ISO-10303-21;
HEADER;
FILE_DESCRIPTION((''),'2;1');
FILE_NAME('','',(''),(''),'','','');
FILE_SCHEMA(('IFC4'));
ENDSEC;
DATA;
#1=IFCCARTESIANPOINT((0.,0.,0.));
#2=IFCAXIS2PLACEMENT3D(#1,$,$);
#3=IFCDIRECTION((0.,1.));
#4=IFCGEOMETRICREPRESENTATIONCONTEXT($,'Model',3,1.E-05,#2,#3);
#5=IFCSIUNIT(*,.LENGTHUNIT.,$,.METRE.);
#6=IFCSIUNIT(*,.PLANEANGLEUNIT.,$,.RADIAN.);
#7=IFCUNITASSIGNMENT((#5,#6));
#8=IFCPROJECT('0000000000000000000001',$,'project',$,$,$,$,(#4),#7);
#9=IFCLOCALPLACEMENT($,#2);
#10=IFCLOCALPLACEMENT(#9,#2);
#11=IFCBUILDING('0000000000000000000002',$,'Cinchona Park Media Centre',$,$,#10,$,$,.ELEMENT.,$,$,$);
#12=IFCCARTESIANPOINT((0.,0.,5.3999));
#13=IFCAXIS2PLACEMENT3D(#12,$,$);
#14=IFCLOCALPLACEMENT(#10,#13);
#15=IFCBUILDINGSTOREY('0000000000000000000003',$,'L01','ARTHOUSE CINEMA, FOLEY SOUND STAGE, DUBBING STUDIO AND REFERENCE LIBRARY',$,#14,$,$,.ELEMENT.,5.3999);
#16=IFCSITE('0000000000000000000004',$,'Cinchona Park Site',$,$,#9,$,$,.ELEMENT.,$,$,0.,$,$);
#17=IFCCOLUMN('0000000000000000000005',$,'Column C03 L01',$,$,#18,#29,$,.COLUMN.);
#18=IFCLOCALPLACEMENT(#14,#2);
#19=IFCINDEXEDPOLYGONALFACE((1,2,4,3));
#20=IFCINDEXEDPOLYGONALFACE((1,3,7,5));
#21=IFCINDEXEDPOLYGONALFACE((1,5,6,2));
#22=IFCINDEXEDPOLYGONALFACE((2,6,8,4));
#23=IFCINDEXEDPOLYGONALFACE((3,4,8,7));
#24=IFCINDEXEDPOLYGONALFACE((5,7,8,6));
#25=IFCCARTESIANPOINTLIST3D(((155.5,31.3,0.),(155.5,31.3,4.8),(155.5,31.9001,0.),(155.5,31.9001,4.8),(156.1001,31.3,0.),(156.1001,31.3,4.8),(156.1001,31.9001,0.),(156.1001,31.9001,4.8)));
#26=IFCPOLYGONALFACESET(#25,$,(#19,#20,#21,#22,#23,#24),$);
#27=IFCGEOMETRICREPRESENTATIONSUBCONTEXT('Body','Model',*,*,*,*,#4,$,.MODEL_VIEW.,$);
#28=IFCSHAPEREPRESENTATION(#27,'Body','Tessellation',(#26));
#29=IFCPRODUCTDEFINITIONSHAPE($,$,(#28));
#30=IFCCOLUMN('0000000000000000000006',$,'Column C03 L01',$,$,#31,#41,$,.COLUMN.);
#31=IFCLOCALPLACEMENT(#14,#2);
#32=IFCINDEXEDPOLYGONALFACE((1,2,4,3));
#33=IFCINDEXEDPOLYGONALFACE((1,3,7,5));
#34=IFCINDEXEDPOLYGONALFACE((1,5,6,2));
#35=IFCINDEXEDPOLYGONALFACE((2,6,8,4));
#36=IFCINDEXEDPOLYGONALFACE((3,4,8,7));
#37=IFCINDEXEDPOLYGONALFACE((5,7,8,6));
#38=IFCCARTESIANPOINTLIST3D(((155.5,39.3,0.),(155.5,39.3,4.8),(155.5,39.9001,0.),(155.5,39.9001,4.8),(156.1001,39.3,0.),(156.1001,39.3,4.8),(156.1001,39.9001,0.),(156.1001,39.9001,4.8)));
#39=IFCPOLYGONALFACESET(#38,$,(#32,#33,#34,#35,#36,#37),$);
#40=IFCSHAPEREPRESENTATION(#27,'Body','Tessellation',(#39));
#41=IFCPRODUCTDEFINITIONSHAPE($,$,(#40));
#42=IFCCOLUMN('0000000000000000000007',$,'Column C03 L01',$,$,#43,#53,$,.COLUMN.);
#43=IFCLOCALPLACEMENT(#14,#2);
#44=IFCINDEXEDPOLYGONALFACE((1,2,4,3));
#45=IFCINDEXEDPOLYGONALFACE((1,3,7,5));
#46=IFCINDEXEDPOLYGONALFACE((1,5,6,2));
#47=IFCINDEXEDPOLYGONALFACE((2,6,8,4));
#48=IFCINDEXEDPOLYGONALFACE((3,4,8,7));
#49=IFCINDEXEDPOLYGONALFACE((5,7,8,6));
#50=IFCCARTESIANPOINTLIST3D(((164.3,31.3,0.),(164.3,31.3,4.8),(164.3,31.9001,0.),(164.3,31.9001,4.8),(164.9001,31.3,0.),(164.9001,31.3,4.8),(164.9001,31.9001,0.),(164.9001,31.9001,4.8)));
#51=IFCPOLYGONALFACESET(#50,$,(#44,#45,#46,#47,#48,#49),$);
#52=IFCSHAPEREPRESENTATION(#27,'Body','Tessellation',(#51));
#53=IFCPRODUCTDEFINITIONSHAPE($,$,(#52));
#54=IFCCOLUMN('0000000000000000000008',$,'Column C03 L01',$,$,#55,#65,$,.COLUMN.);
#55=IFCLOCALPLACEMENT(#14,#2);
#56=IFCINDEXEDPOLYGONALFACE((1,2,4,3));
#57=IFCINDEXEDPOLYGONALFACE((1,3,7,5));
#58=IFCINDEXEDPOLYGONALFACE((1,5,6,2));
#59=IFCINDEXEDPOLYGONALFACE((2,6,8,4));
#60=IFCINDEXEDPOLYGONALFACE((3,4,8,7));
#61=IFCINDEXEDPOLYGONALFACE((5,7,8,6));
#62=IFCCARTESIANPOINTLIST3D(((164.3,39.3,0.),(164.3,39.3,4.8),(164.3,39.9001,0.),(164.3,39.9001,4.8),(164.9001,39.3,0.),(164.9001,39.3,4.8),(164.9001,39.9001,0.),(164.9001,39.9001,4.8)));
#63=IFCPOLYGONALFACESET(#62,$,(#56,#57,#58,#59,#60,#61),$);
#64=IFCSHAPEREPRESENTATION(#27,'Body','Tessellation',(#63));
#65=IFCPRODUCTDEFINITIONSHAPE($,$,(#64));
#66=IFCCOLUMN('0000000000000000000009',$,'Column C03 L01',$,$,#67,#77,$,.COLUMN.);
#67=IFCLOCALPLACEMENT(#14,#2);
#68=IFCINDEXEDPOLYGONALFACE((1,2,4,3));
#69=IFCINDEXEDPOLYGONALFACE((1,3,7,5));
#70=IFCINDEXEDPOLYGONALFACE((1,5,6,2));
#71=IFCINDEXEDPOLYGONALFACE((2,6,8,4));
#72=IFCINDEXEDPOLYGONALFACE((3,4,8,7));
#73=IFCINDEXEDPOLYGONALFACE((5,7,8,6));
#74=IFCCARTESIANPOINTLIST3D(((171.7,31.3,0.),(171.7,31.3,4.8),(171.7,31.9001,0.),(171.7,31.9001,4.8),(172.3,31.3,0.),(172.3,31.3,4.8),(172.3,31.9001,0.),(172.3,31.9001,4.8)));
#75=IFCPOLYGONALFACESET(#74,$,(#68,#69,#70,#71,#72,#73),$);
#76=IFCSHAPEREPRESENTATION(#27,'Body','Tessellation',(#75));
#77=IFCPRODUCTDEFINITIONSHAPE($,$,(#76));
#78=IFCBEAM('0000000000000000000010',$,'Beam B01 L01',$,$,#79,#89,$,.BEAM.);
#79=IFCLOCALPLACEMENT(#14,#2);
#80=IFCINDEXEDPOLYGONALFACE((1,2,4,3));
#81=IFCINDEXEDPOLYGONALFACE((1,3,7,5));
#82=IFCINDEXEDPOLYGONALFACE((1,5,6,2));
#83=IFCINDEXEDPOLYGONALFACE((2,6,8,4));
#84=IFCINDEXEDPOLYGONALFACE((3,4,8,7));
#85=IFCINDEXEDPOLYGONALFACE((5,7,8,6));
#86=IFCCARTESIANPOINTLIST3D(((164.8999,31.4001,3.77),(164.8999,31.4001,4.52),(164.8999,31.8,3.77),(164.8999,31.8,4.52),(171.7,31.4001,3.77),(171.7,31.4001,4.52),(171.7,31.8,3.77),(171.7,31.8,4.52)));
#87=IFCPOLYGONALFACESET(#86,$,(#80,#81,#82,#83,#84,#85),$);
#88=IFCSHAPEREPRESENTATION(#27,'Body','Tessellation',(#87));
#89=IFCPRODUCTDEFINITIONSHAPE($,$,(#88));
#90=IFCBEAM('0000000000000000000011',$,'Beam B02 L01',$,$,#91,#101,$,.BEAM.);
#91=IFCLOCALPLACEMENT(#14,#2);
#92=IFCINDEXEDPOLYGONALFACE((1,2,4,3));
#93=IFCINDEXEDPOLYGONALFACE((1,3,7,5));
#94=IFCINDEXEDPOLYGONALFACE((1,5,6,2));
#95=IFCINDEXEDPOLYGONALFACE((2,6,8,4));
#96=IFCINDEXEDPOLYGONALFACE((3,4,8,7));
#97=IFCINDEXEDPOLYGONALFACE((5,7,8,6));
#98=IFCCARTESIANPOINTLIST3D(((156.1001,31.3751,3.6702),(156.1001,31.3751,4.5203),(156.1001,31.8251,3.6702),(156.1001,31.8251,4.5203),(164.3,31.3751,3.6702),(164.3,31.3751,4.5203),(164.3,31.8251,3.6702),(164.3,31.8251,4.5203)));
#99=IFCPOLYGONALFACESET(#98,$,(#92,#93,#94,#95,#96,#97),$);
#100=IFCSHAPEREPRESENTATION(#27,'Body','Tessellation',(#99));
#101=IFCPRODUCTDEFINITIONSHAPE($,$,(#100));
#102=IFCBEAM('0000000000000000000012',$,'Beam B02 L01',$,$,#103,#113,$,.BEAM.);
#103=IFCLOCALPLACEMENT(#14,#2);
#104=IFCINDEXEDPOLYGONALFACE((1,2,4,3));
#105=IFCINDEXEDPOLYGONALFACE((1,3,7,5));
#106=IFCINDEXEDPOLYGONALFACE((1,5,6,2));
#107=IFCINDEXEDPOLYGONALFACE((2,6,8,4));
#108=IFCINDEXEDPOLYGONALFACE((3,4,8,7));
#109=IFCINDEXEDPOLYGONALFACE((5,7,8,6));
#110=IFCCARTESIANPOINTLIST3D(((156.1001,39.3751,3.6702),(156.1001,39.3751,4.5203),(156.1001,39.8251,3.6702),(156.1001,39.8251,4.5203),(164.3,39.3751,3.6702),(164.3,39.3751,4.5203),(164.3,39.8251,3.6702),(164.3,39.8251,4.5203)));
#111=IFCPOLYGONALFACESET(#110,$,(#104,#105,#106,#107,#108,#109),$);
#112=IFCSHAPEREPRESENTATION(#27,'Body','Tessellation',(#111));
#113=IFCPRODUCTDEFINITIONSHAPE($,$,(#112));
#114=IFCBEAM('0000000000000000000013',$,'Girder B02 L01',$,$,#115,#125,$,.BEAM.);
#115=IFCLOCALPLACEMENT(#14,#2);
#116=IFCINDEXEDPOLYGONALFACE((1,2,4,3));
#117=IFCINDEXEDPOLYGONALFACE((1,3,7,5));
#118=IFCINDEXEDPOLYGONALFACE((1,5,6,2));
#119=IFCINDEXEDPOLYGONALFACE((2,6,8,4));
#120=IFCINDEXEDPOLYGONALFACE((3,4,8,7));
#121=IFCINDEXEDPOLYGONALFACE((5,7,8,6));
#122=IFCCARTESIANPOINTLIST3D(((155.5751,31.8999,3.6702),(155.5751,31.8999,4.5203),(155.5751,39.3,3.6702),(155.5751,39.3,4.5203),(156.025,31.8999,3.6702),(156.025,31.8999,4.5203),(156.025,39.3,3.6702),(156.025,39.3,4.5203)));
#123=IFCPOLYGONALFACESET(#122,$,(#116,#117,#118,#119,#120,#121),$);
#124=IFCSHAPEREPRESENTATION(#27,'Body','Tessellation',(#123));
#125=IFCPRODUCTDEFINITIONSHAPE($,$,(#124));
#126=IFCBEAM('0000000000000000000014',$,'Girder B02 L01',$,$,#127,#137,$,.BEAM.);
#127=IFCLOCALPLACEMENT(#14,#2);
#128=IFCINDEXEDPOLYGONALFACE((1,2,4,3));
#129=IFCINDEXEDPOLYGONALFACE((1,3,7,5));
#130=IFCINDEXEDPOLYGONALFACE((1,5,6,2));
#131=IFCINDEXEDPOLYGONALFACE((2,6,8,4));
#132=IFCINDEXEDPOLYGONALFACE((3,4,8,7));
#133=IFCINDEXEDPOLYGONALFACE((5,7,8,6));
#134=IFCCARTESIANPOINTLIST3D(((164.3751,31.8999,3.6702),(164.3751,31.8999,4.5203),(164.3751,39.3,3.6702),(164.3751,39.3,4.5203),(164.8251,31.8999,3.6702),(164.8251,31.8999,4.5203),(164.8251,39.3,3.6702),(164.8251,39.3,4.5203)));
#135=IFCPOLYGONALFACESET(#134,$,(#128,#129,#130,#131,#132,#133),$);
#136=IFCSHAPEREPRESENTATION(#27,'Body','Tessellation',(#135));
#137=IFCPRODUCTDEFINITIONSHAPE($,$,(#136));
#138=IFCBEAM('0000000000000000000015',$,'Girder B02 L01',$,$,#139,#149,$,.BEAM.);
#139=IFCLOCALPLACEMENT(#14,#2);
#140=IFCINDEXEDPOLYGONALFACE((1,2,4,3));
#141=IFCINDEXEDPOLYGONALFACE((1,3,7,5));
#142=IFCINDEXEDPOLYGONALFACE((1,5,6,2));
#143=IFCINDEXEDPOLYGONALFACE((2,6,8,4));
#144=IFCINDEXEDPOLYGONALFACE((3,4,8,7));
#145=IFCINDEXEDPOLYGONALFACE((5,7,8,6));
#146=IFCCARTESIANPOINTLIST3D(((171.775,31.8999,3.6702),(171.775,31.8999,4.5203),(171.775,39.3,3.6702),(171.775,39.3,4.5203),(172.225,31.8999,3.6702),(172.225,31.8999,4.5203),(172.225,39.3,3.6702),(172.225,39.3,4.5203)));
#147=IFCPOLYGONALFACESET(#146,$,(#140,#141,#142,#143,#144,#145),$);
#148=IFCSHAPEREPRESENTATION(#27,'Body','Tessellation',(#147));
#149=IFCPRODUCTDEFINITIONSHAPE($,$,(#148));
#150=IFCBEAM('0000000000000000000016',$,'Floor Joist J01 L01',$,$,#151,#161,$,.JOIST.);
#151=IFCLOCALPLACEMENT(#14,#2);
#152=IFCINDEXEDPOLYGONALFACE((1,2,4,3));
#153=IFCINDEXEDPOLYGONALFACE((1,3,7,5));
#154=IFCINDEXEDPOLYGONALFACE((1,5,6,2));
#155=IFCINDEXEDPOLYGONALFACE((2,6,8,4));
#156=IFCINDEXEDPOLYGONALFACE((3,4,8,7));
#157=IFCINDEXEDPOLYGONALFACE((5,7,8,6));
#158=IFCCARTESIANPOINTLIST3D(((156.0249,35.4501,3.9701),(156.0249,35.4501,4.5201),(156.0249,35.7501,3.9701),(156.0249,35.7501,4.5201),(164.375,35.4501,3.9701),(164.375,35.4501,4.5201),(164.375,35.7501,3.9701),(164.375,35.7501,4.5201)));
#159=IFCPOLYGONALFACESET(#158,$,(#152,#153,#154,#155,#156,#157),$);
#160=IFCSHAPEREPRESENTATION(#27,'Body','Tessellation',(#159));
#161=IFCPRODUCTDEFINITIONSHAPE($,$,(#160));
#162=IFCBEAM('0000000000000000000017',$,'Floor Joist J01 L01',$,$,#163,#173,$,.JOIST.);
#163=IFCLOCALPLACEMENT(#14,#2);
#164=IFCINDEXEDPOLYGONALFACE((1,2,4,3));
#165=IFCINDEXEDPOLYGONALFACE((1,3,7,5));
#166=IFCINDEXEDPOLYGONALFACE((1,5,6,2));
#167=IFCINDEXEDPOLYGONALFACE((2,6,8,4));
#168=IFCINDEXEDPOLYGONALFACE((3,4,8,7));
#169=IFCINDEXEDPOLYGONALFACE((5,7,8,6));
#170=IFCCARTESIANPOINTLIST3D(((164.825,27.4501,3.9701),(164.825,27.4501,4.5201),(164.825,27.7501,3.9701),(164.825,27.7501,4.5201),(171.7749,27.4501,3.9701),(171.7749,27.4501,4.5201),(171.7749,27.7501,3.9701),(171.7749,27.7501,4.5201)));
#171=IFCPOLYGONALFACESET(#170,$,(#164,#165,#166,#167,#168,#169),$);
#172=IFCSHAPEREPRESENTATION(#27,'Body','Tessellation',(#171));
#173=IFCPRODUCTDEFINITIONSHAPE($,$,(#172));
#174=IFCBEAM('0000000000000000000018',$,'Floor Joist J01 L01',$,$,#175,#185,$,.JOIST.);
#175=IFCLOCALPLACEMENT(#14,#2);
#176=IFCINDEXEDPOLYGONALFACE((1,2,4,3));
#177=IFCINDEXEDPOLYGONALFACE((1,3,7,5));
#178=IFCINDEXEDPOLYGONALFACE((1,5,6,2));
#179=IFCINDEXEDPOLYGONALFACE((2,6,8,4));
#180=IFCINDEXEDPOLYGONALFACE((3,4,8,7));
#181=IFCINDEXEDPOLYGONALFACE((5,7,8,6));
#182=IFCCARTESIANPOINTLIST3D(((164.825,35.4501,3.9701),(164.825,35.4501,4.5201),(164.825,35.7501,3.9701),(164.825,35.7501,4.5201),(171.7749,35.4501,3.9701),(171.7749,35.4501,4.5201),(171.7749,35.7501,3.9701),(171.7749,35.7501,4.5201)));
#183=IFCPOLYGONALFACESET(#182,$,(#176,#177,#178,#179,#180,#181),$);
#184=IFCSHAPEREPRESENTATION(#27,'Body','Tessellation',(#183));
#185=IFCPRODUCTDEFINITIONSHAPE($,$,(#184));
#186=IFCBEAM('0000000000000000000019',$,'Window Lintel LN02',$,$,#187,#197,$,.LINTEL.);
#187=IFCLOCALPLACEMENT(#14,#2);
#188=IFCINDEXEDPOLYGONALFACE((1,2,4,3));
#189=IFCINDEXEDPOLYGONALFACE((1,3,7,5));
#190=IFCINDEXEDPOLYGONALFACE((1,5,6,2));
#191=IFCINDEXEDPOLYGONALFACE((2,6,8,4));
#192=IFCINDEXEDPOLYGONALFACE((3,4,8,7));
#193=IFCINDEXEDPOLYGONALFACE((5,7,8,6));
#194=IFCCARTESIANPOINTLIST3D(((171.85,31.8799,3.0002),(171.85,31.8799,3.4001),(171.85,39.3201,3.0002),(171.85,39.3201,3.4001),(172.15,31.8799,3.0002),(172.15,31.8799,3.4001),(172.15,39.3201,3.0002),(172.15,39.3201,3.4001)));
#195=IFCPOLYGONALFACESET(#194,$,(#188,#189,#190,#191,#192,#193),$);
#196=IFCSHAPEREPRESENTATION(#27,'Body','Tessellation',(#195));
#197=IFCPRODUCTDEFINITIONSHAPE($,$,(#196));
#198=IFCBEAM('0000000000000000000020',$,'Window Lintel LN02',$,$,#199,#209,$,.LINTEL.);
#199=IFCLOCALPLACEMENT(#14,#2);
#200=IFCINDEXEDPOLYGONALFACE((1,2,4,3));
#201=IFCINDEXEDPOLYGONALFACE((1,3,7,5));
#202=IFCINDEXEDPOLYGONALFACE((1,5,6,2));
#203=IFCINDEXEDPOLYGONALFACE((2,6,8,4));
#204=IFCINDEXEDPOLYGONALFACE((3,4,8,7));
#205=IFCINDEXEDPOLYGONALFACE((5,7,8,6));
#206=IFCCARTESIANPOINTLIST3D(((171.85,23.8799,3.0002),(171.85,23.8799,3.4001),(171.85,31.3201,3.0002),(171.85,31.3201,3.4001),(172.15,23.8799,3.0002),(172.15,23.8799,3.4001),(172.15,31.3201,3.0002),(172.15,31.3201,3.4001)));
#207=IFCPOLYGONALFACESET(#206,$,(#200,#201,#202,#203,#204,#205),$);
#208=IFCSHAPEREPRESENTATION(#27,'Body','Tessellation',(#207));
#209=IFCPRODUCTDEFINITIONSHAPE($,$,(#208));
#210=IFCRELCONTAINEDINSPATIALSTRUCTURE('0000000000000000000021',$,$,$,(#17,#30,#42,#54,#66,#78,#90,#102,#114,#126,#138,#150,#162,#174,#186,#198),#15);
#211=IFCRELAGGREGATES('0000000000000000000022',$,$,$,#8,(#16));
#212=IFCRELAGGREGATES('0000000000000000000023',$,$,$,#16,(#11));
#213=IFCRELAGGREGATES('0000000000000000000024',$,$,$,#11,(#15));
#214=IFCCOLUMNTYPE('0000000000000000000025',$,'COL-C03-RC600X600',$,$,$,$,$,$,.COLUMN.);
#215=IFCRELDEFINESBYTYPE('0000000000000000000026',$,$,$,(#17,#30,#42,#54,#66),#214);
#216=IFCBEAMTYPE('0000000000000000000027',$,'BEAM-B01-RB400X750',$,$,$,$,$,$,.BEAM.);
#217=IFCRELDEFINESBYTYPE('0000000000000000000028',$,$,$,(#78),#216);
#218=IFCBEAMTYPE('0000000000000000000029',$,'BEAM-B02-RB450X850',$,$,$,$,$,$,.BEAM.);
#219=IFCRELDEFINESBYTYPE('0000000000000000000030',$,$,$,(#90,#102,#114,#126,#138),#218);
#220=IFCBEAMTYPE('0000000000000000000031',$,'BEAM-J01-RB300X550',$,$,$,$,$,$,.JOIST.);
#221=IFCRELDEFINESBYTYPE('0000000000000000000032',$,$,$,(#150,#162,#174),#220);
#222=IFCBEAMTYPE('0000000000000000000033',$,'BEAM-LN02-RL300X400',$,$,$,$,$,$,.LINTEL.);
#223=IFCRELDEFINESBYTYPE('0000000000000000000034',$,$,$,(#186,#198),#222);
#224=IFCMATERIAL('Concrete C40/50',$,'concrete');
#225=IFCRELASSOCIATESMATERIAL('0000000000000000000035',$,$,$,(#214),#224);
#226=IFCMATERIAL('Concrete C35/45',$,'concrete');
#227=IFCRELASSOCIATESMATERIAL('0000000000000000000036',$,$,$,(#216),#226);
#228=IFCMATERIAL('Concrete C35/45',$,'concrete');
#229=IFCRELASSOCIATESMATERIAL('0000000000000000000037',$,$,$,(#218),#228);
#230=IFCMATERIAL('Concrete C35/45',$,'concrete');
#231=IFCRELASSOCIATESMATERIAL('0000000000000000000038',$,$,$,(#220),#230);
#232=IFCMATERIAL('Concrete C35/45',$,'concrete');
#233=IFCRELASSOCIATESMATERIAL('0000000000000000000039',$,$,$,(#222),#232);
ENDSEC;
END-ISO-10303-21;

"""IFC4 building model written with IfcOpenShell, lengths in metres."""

from ifc_helpers import new_model, si_unit, direction, frame, origin, origin_2d, place, context, subcontext, project, spatial, rectangle, extrude, material, material_profile, profile_set, type_object, element, save


model = new_model("IFC4")

# Units and contexts
model_context = context("Model", 3, precision=1e-05, world=origin(), true_north=direction((0.0, 1.0)))
body_context = subcontext(model_context, "Body", "Model", "MODEL_VIEW")
ifc_project = project(units=[si_unit("LENGTHUNIT", "METRE"), si_unit("PLANEANGLEUNIT", "RADIAN")], contexts=[model_context])

# Site, building, storey
site_placement = place(None, origin())
site = spatial("IfcSite", under=ifc_project, at=site_placement, Name="Cinchona Park Site", CompositionType="ELEMENT", RefElevation=0.0)
building_placement = place(site_placement, origin())
building = spatial("IfcBuilding", under=site, at=building_placement, Name="Cinchona Park Media Centre", CompositionType="ELEMENT")
storey_placement = place(building_placement, frame((0.0, 0.0, 5.3999)))
storey = spatial("IfcBuildingStorey", under=building, at=storey_placement, Name="L01", Description="ARTHOUSE CINEMA, FOLEY SOUND STAGE, DUBBING STUDIO AND REFERENCE LIBRARY", CompositionType="ELEMENT", Elevation=5.3999)

# Columns
ifc_material_1 = material(Name="Concrete C40/50", Category="concrete")
ifc_material_profile_1 = material_profile(ifc_material_1, rectangle(XDim=0.6001, YDim=0.6001, at=origin_2d()), Name="RC 600X600")
ifc_profile_set_1 = profile_set([ifc_material_profile_1], Name="Concrete C40/50")
column_type = type_object("IfcColumnType", Name="COL-C03-RC600X600", PredefinedType="COLUMN", material=ifc_profile_set_1)
for number, where, z_axis, x_axis, name in (
    (1, (155.8, 31.6001, 0.0), (0.0, 0.0, 1.0), (1.0, 0.0, 0.0), "Column C03 L01"),
    (2, (155.8, 39.6001, 0.0), (0.0, 0.0, 1.0), (1.0, 0.0, 0.0), "Column C03 L01"),
    (3, (164.6001, 31.6001, 0.0), (0.0, 0.0, 1.0), (1.0, 0.0, 0.0), "Column C03 L01"),
    (4, (164.6001, 39.6001, 0.0), (0.0, 0.0, 1.0), (1.0, 0.0, 0.0), "Column C03 L01"),
    (5, (172.0, 31.6001, 0.0), (0.0, 0.0, 1.0), (1.0, 0.0, 0.0), "Column C03 L01"),
):
    element("IfcColumn", number, at=place(storey_placement, frame(where, z_axis=z_axis, x_axis=x_axis)), inside=storey, type_object=column_type, Name=name, PredefinedType="COLUMN", context=body_context, shape_type="SweptSolid", body=[
        extrude(rectangle(XDim=0.6001, YDim=0.6001, at=origin_2d()), origin(), (0.0, 0.0, 1.0), 4.8),
    ])

# Beams
ifc_material_2 = material(Name="Concrete C35/45", Category="concrete")
ifc_material_profile_2 = material_profile(ifc_material_2, rectangle(XDim=0.3999, YDim=0.75, at=origin_2d()), Name="RB 400X750")
ifc_profile_set_2 = profile_set([ifc_material_profile_2], Name="Concrete C35/45")
beam_type_1 = type_object("IfcBeamType", Name="BEAM-B01-RB400X750", PredefinedType="BEAM", material=ifc_profile_set_2)
beam_1_placement = place(storey_placement, frame((164.8999, 31.6001, 4.145), z_axis=(1.0, 0.0, 0.0), x_axis=(0.0, 1.0, 0.0)))
element("IfcBeam", 6, at=beam_1_placement, inside=storey, type_object=beam_type_1, Name="Beam B01 L01", PredefinedType="BEAM", context=body_context, shape_type="SweptSolid", body=[
    extrude(rectangle(XDim=0.3999, YDim=0.75, at=origin_2d()), origin(), (0.0, 0.0, 1.0), 6.8),
])
ifc_material_3 = material(Name="Concrete C35/45", Category="concrete")
ifc_material_profile_3 = material_profile(ifc_material_3, rectangle(XDim=0.45, YDim=0.8501, at=origin_2d()), Name="RB 450X850")
ifc_profile_set_3 = profile_set([ifc_material_profile_3], Name="Concrete C35/45")
beam_type_2 = type_object("IfcBeamType", Name="BEAM-B02-RB450X850", PredefinedType="BEAM", material=ifc_profile_set_3)
for number, where, z_axis, x_axis, name in (
    (7, (156.1001, 31.6001, 4.0952), (1.0, 0.0, 0.0), (0.0, 1.0, 0.0), "Beam B02 L01"),
    (8, (156.1001, 39.6001, 4.0952), (1.0, 0.0, 0.0), (0.0, 1.0, 0.0), "Beam B02 L01"),
):
    element("IfcBeam", number, at=place(storey_placement, frame(where, z_axis=z_axis, x_axis=x_axis)), inside=storey, type_object=beam_type_2, Name=name, PredefinedType="BEAM", context=body_context, shape_type="SweptSolid", body=[
        extrude(rectangle(XDim=0.45, YDim=0.8501, at=origin_2d()), origin(), (0.0, 0.0, 1.0), 8.2),
    ])
for number, where, z_axis, x_axis, name in (
    (9, (155.8, 31.8999, 4.0952), (0.0, 1.0, 0.0), (-1.0, 0.0, 0.0), "Girder B02 L01"),
    (10, (164.6001, 31.8999, 4.0952), (0.0, 1.0, 0.0), (-1.0, 0.0, 0.0), "Girder B02 L01"),
    (11, (172.0, 31.8999, 4.0952), (0.0, 1.0, 0.0), (-1.0, 0.0, 0.0), "Girder B02 L01"),
):
    element("IfcBeam", number, at=place(storey_placement, frame(where, z_axis=z_axis, x_axis=x_axis)), inside=storey, type_object=beam_type_2, Name=name, PredefinedType="BEAM", context=body_context, shape_type="SweptSolid", body=[
        extrude(rectangle(XDim=0.45, YDim=0.8501, at=origin_2d()), origin(), (0.0, 0.0, 1.0), 7.4001),
    ])
ifc_material_4 = material(Name="Concrete C35/45", Category="concrete")
ifc_material_profile_4 = material_profile(ifc_material_4, rectangle(XDim=0.3, YDim=0.55, at=origin_2d()), Name="RB 300X550")
ifc_profile_set_4 = profile_set([ifc_material_profile_4], Name="Concrete C35/45")
beam_type_3 = type_object("IfcBeamType", Name="BEAM-J01-RB300X550", PredefinedType="JOIST", material=ifc_profile_set_4)
beam_2_placement = place(storey_placement, frame((156.0249, 35.6001, 4.2451), z_axis=(1.0, 0.0, 0.0), x_axis=(0.0, 1.0, 0.0)))
element("IfcBeam", 12, at=beam_2_placement, inside=storey, type_object=beam_type_3, Name="Floor Joist J01 L01", PredefinedType="JOIST", context=body_context, shape_type="SweptSolid", body=[
    extrude(rectangle(XDim=0.3, YDim=0.55, at=origin_2d()), origin(), (0.0, 0.0, 1.0), 8.3501),
])
for number, where, z_axis, x_axis, name in (
    (13, (164.825, 27.6001, 4.2451), (1.0, 0.0, 0.0), (0.0, 1.0, 0.0), "Floor Joist J01 L01"),
    (14, (164.825, 35.6001, 4.2451), (1.0, 0.0, 0.0), (0.0, 1.0, 0.0), "Floor Joist J01 L01"),
):
    element("IfcBeam", number, at=place(storey_placement, frame(where, z_axis=z_axis, x_axis=x_axis)), inside=storey, type_object=beam_type_3, Name=name, PredefinedType="JOIST", context=body_context, shape_type="SweptSolid", body=[
        extrude(rectangle(XDim=0.3, YDim=0.55, at=origin_2d()), origin(), (0.0, 0.0, 1.0), 6.95),
    ])
ifc_material_5 = material(Name="Concrete C35/45", Category="concrete")
ifc_material_profile_5 = material_profile(ifc_material_5, rectangle(XDim=0.3, YDim=0.3999, at=origin_2d()), Name="RL 300X400")
ifc_profile_set_5 = profile_set([ifc_material_profile_5], Name="Concrete C35/45")
beam_type_4 = type_object("IfcBeamType", Name="BEAM-LN02-RL300X400", PredefinedType="LINTEL", material=ifc_profile_set_5)
for number, where, z_axis, x_axis, name in (
    (15, (172.0, 39.3201, 3.2002), (0.0, -1.0, 0.0), (1.0, 0.0, 0.0), "Window Lintel LN02"),
    (16, (172.0, 31.3201, 3.2002), (0.0, -1.0, 0.0), (1.0, 0.0, 0.0), "Window Lintel LN02"),
):
    element("IfcBeam", number, at=place(storey_placement, frame(where, z_axis=z_axis, x_axis=x_axis)), inside=storey, type_object=beam_type_4, Name=name, PredefinedType="LINTEL", context=body_context, shape_type="SweptSolid", body=[
        extrude(rectangle(XDim=0.3, YDim=0.3999, at=origin_2d()), origin(), (0.0, 0.0, 1.0), 7.4402),
    ])

save(model, "model.ifc")
